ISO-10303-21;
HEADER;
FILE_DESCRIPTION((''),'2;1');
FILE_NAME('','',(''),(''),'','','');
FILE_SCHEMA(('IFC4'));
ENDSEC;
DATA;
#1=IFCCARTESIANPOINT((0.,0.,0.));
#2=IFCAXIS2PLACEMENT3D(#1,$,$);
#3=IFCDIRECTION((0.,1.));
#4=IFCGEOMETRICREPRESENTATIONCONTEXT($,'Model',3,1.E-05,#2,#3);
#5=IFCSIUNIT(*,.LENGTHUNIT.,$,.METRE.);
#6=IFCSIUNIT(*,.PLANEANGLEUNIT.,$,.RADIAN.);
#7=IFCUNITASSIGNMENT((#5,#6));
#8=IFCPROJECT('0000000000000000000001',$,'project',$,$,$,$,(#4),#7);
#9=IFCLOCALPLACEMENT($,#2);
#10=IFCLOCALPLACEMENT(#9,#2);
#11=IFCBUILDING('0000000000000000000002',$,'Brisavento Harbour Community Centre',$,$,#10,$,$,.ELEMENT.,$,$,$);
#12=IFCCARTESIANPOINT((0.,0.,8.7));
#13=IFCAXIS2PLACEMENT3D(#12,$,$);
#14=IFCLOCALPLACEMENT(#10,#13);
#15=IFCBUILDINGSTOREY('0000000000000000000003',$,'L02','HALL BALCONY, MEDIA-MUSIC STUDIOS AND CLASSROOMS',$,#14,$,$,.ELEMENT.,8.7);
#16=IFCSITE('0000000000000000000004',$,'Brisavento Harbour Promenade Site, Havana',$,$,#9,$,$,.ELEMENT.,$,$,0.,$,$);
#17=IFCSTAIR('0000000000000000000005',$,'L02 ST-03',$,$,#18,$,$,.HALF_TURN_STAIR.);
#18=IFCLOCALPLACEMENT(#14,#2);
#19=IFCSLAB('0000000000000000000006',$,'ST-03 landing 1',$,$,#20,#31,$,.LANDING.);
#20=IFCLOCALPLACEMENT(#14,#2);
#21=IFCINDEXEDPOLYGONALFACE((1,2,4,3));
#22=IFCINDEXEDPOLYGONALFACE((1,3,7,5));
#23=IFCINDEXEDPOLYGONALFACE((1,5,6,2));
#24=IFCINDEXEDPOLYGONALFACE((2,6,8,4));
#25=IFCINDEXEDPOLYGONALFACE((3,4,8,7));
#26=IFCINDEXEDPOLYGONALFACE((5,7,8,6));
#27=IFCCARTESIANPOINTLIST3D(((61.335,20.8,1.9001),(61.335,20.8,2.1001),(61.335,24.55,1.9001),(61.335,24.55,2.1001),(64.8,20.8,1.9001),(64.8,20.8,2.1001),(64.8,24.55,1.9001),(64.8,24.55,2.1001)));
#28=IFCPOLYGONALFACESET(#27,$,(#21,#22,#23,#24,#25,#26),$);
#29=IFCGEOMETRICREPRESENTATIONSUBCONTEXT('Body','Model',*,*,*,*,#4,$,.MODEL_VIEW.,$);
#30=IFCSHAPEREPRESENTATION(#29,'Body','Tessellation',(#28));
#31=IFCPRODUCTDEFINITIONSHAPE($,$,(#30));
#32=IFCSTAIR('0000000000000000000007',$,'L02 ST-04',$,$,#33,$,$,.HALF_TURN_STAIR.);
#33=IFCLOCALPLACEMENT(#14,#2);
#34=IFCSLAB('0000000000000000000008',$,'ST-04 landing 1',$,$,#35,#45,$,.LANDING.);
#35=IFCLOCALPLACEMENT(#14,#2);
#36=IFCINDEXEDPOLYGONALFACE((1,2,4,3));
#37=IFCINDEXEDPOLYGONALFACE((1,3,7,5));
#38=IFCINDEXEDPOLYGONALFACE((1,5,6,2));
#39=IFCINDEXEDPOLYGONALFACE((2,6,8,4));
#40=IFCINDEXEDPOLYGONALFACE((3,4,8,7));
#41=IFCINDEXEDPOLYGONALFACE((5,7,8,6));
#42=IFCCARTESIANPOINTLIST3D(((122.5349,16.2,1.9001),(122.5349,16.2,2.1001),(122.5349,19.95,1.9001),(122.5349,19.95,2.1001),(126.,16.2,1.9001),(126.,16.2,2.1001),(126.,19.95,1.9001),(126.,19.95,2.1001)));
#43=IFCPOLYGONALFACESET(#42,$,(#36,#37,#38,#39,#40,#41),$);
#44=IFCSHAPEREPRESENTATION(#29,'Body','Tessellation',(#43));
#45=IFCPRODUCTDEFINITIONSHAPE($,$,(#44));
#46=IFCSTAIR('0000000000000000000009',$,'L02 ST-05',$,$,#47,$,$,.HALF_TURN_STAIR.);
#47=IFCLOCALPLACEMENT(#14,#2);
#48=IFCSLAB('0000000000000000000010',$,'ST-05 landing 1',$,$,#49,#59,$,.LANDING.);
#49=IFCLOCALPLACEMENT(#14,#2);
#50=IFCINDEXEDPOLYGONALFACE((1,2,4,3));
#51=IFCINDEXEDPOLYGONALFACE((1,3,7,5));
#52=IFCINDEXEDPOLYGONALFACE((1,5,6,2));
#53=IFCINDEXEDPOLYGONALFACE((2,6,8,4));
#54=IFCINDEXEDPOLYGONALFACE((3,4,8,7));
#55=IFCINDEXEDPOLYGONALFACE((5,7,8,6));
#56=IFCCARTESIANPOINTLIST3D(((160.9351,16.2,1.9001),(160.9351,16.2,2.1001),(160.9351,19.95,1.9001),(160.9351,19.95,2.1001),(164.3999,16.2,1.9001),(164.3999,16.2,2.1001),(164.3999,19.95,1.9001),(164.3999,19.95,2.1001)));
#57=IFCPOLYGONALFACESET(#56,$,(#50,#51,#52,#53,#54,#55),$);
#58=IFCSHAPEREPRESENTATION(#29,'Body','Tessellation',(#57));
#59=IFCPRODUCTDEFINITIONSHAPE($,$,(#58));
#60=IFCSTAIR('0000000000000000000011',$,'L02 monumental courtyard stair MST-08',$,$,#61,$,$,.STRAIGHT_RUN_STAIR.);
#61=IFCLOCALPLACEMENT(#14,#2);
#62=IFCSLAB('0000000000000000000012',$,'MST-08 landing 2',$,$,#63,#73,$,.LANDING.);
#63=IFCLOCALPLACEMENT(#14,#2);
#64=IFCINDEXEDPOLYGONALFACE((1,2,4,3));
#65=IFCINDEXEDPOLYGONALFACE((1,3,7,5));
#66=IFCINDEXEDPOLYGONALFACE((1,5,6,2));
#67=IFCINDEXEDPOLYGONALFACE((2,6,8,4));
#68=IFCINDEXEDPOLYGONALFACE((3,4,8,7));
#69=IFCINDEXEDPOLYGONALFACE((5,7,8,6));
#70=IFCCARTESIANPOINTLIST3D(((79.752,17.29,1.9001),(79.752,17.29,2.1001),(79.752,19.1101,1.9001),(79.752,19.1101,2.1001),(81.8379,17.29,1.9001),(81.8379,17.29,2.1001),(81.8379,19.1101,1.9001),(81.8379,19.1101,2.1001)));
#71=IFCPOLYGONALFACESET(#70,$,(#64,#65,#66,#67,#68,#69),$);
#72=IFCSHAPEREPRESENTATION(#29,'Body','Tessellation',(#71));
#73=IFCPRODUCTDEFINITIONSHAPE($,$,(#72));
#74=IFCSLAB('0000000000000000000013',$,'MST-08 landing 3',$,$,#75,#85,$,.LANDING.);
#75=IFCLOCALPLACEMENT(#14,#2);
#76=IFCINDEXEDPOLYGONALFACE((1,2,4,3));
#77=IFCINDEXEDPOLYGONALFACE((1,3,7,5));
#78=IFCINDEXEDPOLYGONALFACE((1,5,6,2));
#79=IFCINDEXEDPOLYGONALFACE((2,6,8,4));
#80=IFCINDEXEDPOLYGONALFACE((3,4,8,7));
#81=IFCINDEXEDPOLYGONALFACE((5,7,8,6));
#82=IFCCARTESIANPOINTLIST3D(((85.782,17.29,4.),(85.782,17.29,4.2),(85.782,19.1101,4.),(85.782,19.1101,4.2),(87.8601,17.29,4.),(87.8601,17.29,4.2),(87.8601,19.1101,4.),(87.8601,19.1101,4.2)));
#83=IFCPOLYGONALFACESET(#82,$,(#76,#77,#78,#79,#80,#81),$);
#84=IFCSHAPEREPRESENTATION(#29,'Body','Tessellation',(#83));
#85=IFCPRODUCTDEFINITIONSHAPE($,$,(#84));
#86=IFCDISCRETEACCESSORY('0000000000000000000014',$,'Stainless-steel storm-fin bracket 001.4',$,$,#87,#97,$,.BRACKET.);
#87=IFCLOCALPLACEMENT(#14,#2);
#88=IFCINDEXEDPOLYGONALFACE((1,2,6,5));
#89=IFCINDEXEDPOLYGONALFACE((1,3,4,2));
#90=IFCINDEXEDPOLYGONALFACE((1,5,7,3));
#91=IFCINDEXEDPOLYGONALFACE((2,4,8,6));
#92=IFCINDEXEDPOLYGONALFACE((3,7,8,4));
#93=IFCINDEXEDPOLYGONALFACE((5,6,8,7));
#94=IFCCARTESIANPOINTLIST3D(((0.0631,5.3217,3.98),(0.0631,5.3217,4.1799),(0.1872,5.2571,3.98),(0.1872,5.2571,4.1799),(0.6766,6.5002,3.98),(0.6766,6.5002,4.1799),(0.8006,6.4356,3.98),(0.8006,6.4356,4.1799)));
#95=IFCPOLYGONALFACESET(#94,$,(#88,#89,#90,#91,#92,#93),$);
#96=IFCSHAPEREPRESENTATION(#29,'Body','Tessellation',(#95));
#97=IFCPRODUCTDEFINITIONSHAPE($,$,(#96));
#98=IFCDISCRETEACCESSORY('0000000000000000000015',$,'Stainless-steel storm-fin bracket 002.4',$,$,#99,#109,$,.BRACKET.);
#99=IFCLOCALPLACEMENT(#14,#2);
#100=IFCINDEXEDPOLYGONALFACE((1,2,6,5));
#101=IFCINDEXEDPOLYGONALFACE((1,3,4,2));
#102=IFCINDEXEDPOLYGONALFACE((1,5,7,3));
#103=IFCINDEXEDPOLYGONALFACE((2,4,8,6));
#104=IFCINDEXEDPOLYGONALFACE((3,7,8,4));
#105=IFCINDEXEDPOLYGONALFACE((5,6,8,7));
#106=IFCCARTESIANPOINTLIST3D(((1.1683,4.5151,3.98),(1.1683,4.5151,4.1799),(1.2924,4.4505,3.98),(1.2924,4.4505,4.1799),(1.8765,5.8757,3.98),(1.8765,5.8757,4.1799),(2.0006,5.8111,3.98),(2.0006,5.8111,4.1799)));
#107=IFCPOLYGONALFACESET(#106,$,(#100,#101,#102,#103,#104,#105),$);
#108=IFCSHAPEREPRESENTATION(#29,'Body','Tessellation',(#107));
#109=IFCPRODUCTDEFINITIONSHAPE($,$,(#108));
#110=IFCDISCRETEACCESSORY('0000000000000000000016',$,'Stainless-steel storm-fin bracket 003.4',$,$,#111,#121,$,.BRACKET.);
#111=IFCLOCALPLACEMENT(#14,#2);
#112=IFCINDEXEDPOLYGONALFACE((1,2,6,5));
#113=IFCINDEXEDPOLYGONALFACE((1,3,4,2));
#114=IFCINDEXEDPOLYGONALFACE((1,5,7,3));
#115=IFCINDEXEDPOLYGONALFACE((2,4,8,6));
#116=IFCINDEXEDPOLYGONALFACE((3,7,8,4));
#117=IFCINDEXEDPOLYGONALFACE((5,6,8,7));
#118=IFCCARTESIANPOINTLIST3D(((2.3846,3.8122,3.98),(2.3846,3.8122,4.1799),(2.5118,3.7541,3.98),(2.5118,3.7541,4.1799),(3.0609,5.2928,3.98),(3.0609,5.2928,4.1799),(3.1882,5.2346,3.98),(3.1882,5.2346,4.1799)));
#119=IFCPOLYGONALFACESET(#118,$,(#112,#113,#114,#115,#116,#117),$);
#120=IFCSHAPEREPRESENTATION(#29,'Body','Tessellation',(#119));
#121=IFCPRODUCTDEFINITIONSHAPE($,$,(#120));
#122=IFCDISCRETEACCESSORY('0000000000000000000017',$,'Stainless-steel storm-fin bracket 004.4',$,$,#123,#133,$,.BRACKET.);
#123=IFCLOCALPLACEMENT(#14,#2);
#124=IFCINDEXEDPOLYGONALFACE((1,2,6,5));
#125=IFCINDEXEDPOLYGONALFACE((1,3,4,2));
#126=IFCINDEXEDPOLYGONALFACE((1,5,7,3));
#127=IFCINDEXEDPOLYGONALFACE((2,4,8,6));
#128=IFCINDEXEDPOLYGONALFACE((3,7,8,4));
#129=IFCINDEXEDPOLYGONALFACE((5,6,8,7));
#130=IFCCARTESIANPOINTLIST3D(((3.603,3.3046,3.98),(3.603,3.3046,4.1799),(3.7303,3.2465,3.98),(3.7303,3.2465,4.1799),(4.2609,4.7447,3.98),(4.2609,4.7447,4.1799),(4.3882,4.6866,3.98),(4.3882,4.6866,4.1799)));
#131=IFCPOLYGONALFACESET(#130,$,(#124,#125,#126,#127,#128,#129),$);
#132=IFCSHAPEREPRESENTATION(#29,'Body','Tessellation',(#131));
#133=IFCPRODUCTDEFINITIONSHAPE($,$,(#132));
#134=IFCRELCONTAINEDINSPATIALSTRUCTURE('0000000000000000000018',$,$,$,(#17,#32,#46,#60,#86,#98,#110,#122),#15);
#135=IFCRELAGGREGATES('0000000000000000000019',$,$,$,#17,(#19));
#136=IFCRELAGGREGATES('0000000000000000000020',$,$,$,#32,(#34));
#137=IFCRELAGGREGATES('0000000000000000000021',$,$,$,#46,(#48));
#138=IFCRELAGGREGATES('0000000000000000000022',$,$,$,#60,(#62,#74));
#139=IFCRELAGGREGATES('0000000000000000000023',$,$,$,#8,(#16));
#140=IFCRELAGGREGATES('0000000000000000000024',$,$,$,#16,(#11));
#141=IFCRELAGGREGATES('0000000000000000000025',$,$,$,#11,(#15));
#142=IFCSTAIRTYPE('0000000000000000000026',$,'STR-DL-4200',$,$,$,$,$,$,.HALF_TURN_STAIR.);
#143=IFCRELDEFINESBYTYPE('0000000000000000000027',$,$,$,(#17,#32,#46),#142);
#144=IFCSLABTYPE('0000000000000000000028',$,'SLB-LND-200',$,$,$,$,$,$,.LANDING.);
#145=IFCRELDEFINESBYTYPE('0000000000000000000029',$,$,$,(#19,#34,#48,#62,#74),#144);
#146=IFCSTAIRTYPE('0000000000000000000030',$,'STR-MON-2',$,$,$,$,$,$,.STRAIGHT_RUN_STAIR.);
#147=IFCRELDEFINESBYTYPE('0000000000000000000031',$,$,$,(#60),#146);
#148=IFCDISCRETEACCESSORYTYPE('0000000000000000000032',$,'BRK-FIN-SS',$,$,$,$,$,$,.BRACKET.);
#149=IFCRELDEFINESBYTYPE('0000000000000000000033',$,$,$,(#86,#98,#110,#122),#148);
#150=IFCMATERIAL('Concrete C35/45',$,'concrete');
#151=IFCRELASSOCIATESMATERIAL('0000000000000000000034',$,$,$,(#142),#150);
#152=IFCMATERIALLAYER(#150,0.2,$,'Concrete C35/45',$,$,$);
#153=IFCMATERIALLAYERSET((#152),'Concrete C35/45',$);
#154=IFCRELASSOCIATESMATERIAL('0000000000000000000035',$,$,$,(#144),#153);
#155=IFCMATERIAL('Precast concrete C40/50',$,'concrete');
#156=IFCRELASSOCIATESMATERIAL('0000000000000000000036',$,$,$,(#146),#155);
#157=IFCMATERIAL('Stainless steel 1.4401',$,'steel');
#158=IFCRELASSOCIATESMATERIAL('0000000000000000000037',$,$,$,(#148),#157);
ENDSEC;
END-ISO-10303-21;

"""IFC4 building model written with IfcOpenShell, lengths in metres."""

from ifc_helpers import new_model, si_unit, direction, frame, origin, origin_2d, place, context, subcontext, project, spatial, polyline, rectangle, outline, extrude, material, layer, layer_set, type_object, element, aggregate, save


model = new_model("IFC4")

# Units and contexts
model_context = context("Model", 3, precision=1e-05, world=origin(), true_north=direction((0.0, 1.0)))
body_context = subcontext(model_context, "Body", "Model", "MODEL_VIEW")
ifc_project = project(units=[si_unit("LENGTHUNIT", "METRE"), si_unit("PLANEANGLEUNIT", "RADIAN")], contexts=[model_context])

# Site, building, storey
site_placement = place(None, origin())
site = spatial("IfcSite", under=ifc_project, at=site_placement, Name="Brisavento Harbour Promenade Site, Havana", CompositionType="ELEMENT", RefElevation=0.0)
building_placement = place(site_placement, origin())
building = spatial("IfcBuilding", under=site, at=building_placement, Name="Brisavento Harbour Community Centre", CompositionType="ELEMENT")
storey_placement = place(building_placement, frame((0.0, 0.0, 8.7)))
storey = spatial("IfcBuildingStorey", under=building, at=storey_placement, Name="L02", Description="HALL BALCONY, MEDIA-MUSIC STUDIOS AND CLASSROOMS", CompositionType="ELEMENT", Elevation=8.7)

# Stairs, slabs
ifc_material_1 = material(Name="Concrete C35/45", Category="concrete")
stair_type_1 = type_object("IfcStairType", Name="STR-DL-4200", PredefinedType="HALF_TURN_STAIR", material=ifc_material_1)
ifc_layer_1 = layer(ifc_material_1, 0.2, Name="Concrete C35/45")
ifc_layer_set_1 = layer_set([ifc_layer_1], Name="Concrete C35/45")
slab_type = type_object("IfcSlabType", Name="SLB-LND-200", PredefinedType="LANDING", material=ifc_layer_set_1)
stair_1_placement = place(storey_placement, origin())
stair_1 = element("IfcStair", 1, at=stair_1_placement, inside=storey, type_object=stair_type_1, Name="L02 ST-03", PredefinedType="HALF_TURN_STAIR")
slab_1_placement = place(storey_placement, frame((0.0, 0.0, 1.9001)))
slab_1 = element("IfcSlab", 2, at=slab_1_placement, type_object=slab_type, Name="ST-03 landing 1", PredefinedType="LANDING", context=body_context, shape_type="SweptSolid", body=[
    extrude(outline(polyline([(61.335, 20.8), (64.8, 20.8), (64.8, 24.55), (61.335, 24.55), (61.335, 20.8)])), origin(), (0.0, 0.0, 1.0), 0.2),
])
aggregate(stair_1, [slab_1])
stair_2_placement = place(storey_placement, origin())
stair_2 = element("IfcStair", 3, at=stair_2_placement, inside=storey, type_object=stair_type_1, Name="L02 ST-04", PredefinedType="HALF_TURN_STAIR")
slab_2_placement = place(storey_placement, frame((0.0, 0.0, 1.9001)))
slab_2 = element("IfcSlab", 4, at=slab_2_placement, type_object=slab_type, Name="ST-04 landing 1", PredefinedType="LANDING", context=body_context, shape_type="SweptSolid", body=[
    extrude(outline(polyline([(122.5349, 16.2), (126.0, 16.2), (126.0, 19.95), (122.5349, 19.95), (122.5349, 16.2)])), origin(), (0.0, 0.0, 1.0), 0.2),
])
aggregate(stair_2, [slab_2])
stair_3_placement = place(storey_placement, origin())
stair_3 = element("IfcStair", 5, at=stair_3_placement, inside=storey, type_object=stair_type_1, Name="L02 ST-05", PredefinedType="HALF_TURN_STAIR")
slab_3_placement = place(storey_placement, frame((0.0, 0.0, 1.9001)))
slab_3 = element("IfcSlab", 6, at=slab_3_placement, type_object=slab_type, Name="ST-05 landing 1", PredefinedType="LANDING", context=body_context, shape_type="SweptSolid", body=[
    extrude(outline(polyline([(160.9351, 16.2), (164.3999, 16.2), (164.3999, 19.95), (160.9351, 19.95), (160.9351, 16.2)])), origin(), (0.0, 0.0, 1.0), 0.2),
])
aggregate(stair_3, [slab_3])

# Stair, slabs
ifc_material_2 = material(Name="Precast concrete C40/50", Category="concrete")
stair_type_2 = type_object("IfcStairType", Name="STR-MON-2", PredefinedType="STRAIGHT_RUN_STAIR", material=ifc_material_2)
stair_4_placement = place(storey_placement, origin())
stair_4 = element("IfcStair", 7, at=stair_4_placement, inside=storey, type_object=stair_type_2, Name="L02 monumental courtyard stair MST-08", PredefinedType="STRAIGHT_RUN_STAIR")
slab_4_placement = place(storey_placement, frame((0.0, 0.0, 1.9001)))
slab_4 = element("IfcSlab", 8, at=slab_4_placement, type_object=slab_type, Name="MST-08 landing 2", PredefinedType="LANDING", context=body_context, shape_type="SweptSolid", body=[
    extrude(outline(polyline([(79.752, 17.29), (81.8379, 17.29), (81.8379, 19.1101), (79.752, 19.1101), (79.752, 17.29)])), origin(), (0.0, 0.0, 1.0), 0.2),
])
slab_5_placement = place(storey_placement, frame((0.0, 0.0, 4.0)))
slab_5 = element("IfcSlab", 9, at=slab_5_placement, type_object=slab_type, Name="MST-08 landing 3", PredefinedType="LANDING", context=body_context, shape_type="SweptSolid", body=[
    extrude(outline(polyline([(85.782, 17.29), (87.8601, 17.29), (87.8601, 19.1101), (85.782, 19.1101), (85.782, 17.29)])), origin(), (0.0, 0.0, 1.0), 0.2),
])
aggregate(stair_4, [slab_4, slab_5])

# Discrete accessories
ifc_material_3 = material(Name="Stainless steel 1.4401", Category="steel")
discrete_accessory_type = type_object("IfcDiscreteAccessoryType", Name="BRK-FIN-SS", PredefinedType="BRACKET", material=ifc_material_3)
discrete_accessory_1_placement = place(storey_placement, frame((0.4319, 5.8787, 3.98), z_axis=(0.0, 0.0, 1.0), x_axis=(-0.461702, -0.887035, 0.0)))
element("IfcDiscreteAccessory", 10, at=discrete_accessory_1_placement, inside=storey, type_object=discrete_accessory_type, Name="Stainless-steel storm-fin bracket 001.4", PredefinedType="BRACKET", context=body_context, shape_type="SweptSolid", body=[
    extrude(rectangle(XDim=1.3286, YDim=0.1399, at=origin_2d()), origin(), (0.0, 0.0, 1.0), 0.2),
])
discrete_accessory_2_placement = place(storey_placement, frame((1.5845, 5.1631, 3.98), z_axis=(0.0, 0.0, 1.0), x_axis=(-0.461702, -0.887035, 0.0)))
element("IfcDiscreteAccessory", 11, at=discrete_accessory_2_placement, inside=storey, type_object=discrete_accessory_type, Name="Stainless-steel storm-fin bracket 002.4", PredefinedType="BRACKET", context=body_context, shape_type="SweptSolid", body=[
    extrude(rectangle(XDim=1.5339, YDim=0.1399, at=origin_2d()), origin(), (0.0, 0.0, 1.0), 0.2),
])
discrete_accessory_3_placement = place(storey_placement, frame((2.7864, 4.5234, 3.98), z_axis=(0.0, 0.0, 1.0), x_axis=(-0.415519, -0.909585, 0.0)))
element("IfcDiscreteAccessory", 12, at=discrete_accessory_3_placement, inside=storey, type_object=discrete_accessory_type, Name="Stainless-steel storm-fin bracket 003.4", PredefinedType="BRACKET", context=body_context, shape_type="SweptSolid", body=[
    extrude(rectangle(XDim=1.6277, YDim=0.1399, at=origin_2d()), origin(), (0.0, 0.0, 1.0), 0.2),
])
discrete_accessory_4_placement = place(storey_placement, frame((3.9956, 3.9956, 3.98), z_axis=(0.0, 0.0, 1.0), x_axis=(-0.415519, -0.909585, 0.0)))
element("IfcDiscreteAccessory", 13, at=discrete_accessory_4_placement, inside=storey, type_object=discrete_accessory_type, Name="Stainless-steel storm-fin bracket 004.4", PredefinedType="BRACKET", context=body_context, shape_type="SweptSolid", body=[
    extrude(rectangle(XDim=1.5833, YDim=0.1399, at=origin_2d()), origin(), (0.0, 0.0, 1.0), 0.2),
])

save(model, "model.ifc")
